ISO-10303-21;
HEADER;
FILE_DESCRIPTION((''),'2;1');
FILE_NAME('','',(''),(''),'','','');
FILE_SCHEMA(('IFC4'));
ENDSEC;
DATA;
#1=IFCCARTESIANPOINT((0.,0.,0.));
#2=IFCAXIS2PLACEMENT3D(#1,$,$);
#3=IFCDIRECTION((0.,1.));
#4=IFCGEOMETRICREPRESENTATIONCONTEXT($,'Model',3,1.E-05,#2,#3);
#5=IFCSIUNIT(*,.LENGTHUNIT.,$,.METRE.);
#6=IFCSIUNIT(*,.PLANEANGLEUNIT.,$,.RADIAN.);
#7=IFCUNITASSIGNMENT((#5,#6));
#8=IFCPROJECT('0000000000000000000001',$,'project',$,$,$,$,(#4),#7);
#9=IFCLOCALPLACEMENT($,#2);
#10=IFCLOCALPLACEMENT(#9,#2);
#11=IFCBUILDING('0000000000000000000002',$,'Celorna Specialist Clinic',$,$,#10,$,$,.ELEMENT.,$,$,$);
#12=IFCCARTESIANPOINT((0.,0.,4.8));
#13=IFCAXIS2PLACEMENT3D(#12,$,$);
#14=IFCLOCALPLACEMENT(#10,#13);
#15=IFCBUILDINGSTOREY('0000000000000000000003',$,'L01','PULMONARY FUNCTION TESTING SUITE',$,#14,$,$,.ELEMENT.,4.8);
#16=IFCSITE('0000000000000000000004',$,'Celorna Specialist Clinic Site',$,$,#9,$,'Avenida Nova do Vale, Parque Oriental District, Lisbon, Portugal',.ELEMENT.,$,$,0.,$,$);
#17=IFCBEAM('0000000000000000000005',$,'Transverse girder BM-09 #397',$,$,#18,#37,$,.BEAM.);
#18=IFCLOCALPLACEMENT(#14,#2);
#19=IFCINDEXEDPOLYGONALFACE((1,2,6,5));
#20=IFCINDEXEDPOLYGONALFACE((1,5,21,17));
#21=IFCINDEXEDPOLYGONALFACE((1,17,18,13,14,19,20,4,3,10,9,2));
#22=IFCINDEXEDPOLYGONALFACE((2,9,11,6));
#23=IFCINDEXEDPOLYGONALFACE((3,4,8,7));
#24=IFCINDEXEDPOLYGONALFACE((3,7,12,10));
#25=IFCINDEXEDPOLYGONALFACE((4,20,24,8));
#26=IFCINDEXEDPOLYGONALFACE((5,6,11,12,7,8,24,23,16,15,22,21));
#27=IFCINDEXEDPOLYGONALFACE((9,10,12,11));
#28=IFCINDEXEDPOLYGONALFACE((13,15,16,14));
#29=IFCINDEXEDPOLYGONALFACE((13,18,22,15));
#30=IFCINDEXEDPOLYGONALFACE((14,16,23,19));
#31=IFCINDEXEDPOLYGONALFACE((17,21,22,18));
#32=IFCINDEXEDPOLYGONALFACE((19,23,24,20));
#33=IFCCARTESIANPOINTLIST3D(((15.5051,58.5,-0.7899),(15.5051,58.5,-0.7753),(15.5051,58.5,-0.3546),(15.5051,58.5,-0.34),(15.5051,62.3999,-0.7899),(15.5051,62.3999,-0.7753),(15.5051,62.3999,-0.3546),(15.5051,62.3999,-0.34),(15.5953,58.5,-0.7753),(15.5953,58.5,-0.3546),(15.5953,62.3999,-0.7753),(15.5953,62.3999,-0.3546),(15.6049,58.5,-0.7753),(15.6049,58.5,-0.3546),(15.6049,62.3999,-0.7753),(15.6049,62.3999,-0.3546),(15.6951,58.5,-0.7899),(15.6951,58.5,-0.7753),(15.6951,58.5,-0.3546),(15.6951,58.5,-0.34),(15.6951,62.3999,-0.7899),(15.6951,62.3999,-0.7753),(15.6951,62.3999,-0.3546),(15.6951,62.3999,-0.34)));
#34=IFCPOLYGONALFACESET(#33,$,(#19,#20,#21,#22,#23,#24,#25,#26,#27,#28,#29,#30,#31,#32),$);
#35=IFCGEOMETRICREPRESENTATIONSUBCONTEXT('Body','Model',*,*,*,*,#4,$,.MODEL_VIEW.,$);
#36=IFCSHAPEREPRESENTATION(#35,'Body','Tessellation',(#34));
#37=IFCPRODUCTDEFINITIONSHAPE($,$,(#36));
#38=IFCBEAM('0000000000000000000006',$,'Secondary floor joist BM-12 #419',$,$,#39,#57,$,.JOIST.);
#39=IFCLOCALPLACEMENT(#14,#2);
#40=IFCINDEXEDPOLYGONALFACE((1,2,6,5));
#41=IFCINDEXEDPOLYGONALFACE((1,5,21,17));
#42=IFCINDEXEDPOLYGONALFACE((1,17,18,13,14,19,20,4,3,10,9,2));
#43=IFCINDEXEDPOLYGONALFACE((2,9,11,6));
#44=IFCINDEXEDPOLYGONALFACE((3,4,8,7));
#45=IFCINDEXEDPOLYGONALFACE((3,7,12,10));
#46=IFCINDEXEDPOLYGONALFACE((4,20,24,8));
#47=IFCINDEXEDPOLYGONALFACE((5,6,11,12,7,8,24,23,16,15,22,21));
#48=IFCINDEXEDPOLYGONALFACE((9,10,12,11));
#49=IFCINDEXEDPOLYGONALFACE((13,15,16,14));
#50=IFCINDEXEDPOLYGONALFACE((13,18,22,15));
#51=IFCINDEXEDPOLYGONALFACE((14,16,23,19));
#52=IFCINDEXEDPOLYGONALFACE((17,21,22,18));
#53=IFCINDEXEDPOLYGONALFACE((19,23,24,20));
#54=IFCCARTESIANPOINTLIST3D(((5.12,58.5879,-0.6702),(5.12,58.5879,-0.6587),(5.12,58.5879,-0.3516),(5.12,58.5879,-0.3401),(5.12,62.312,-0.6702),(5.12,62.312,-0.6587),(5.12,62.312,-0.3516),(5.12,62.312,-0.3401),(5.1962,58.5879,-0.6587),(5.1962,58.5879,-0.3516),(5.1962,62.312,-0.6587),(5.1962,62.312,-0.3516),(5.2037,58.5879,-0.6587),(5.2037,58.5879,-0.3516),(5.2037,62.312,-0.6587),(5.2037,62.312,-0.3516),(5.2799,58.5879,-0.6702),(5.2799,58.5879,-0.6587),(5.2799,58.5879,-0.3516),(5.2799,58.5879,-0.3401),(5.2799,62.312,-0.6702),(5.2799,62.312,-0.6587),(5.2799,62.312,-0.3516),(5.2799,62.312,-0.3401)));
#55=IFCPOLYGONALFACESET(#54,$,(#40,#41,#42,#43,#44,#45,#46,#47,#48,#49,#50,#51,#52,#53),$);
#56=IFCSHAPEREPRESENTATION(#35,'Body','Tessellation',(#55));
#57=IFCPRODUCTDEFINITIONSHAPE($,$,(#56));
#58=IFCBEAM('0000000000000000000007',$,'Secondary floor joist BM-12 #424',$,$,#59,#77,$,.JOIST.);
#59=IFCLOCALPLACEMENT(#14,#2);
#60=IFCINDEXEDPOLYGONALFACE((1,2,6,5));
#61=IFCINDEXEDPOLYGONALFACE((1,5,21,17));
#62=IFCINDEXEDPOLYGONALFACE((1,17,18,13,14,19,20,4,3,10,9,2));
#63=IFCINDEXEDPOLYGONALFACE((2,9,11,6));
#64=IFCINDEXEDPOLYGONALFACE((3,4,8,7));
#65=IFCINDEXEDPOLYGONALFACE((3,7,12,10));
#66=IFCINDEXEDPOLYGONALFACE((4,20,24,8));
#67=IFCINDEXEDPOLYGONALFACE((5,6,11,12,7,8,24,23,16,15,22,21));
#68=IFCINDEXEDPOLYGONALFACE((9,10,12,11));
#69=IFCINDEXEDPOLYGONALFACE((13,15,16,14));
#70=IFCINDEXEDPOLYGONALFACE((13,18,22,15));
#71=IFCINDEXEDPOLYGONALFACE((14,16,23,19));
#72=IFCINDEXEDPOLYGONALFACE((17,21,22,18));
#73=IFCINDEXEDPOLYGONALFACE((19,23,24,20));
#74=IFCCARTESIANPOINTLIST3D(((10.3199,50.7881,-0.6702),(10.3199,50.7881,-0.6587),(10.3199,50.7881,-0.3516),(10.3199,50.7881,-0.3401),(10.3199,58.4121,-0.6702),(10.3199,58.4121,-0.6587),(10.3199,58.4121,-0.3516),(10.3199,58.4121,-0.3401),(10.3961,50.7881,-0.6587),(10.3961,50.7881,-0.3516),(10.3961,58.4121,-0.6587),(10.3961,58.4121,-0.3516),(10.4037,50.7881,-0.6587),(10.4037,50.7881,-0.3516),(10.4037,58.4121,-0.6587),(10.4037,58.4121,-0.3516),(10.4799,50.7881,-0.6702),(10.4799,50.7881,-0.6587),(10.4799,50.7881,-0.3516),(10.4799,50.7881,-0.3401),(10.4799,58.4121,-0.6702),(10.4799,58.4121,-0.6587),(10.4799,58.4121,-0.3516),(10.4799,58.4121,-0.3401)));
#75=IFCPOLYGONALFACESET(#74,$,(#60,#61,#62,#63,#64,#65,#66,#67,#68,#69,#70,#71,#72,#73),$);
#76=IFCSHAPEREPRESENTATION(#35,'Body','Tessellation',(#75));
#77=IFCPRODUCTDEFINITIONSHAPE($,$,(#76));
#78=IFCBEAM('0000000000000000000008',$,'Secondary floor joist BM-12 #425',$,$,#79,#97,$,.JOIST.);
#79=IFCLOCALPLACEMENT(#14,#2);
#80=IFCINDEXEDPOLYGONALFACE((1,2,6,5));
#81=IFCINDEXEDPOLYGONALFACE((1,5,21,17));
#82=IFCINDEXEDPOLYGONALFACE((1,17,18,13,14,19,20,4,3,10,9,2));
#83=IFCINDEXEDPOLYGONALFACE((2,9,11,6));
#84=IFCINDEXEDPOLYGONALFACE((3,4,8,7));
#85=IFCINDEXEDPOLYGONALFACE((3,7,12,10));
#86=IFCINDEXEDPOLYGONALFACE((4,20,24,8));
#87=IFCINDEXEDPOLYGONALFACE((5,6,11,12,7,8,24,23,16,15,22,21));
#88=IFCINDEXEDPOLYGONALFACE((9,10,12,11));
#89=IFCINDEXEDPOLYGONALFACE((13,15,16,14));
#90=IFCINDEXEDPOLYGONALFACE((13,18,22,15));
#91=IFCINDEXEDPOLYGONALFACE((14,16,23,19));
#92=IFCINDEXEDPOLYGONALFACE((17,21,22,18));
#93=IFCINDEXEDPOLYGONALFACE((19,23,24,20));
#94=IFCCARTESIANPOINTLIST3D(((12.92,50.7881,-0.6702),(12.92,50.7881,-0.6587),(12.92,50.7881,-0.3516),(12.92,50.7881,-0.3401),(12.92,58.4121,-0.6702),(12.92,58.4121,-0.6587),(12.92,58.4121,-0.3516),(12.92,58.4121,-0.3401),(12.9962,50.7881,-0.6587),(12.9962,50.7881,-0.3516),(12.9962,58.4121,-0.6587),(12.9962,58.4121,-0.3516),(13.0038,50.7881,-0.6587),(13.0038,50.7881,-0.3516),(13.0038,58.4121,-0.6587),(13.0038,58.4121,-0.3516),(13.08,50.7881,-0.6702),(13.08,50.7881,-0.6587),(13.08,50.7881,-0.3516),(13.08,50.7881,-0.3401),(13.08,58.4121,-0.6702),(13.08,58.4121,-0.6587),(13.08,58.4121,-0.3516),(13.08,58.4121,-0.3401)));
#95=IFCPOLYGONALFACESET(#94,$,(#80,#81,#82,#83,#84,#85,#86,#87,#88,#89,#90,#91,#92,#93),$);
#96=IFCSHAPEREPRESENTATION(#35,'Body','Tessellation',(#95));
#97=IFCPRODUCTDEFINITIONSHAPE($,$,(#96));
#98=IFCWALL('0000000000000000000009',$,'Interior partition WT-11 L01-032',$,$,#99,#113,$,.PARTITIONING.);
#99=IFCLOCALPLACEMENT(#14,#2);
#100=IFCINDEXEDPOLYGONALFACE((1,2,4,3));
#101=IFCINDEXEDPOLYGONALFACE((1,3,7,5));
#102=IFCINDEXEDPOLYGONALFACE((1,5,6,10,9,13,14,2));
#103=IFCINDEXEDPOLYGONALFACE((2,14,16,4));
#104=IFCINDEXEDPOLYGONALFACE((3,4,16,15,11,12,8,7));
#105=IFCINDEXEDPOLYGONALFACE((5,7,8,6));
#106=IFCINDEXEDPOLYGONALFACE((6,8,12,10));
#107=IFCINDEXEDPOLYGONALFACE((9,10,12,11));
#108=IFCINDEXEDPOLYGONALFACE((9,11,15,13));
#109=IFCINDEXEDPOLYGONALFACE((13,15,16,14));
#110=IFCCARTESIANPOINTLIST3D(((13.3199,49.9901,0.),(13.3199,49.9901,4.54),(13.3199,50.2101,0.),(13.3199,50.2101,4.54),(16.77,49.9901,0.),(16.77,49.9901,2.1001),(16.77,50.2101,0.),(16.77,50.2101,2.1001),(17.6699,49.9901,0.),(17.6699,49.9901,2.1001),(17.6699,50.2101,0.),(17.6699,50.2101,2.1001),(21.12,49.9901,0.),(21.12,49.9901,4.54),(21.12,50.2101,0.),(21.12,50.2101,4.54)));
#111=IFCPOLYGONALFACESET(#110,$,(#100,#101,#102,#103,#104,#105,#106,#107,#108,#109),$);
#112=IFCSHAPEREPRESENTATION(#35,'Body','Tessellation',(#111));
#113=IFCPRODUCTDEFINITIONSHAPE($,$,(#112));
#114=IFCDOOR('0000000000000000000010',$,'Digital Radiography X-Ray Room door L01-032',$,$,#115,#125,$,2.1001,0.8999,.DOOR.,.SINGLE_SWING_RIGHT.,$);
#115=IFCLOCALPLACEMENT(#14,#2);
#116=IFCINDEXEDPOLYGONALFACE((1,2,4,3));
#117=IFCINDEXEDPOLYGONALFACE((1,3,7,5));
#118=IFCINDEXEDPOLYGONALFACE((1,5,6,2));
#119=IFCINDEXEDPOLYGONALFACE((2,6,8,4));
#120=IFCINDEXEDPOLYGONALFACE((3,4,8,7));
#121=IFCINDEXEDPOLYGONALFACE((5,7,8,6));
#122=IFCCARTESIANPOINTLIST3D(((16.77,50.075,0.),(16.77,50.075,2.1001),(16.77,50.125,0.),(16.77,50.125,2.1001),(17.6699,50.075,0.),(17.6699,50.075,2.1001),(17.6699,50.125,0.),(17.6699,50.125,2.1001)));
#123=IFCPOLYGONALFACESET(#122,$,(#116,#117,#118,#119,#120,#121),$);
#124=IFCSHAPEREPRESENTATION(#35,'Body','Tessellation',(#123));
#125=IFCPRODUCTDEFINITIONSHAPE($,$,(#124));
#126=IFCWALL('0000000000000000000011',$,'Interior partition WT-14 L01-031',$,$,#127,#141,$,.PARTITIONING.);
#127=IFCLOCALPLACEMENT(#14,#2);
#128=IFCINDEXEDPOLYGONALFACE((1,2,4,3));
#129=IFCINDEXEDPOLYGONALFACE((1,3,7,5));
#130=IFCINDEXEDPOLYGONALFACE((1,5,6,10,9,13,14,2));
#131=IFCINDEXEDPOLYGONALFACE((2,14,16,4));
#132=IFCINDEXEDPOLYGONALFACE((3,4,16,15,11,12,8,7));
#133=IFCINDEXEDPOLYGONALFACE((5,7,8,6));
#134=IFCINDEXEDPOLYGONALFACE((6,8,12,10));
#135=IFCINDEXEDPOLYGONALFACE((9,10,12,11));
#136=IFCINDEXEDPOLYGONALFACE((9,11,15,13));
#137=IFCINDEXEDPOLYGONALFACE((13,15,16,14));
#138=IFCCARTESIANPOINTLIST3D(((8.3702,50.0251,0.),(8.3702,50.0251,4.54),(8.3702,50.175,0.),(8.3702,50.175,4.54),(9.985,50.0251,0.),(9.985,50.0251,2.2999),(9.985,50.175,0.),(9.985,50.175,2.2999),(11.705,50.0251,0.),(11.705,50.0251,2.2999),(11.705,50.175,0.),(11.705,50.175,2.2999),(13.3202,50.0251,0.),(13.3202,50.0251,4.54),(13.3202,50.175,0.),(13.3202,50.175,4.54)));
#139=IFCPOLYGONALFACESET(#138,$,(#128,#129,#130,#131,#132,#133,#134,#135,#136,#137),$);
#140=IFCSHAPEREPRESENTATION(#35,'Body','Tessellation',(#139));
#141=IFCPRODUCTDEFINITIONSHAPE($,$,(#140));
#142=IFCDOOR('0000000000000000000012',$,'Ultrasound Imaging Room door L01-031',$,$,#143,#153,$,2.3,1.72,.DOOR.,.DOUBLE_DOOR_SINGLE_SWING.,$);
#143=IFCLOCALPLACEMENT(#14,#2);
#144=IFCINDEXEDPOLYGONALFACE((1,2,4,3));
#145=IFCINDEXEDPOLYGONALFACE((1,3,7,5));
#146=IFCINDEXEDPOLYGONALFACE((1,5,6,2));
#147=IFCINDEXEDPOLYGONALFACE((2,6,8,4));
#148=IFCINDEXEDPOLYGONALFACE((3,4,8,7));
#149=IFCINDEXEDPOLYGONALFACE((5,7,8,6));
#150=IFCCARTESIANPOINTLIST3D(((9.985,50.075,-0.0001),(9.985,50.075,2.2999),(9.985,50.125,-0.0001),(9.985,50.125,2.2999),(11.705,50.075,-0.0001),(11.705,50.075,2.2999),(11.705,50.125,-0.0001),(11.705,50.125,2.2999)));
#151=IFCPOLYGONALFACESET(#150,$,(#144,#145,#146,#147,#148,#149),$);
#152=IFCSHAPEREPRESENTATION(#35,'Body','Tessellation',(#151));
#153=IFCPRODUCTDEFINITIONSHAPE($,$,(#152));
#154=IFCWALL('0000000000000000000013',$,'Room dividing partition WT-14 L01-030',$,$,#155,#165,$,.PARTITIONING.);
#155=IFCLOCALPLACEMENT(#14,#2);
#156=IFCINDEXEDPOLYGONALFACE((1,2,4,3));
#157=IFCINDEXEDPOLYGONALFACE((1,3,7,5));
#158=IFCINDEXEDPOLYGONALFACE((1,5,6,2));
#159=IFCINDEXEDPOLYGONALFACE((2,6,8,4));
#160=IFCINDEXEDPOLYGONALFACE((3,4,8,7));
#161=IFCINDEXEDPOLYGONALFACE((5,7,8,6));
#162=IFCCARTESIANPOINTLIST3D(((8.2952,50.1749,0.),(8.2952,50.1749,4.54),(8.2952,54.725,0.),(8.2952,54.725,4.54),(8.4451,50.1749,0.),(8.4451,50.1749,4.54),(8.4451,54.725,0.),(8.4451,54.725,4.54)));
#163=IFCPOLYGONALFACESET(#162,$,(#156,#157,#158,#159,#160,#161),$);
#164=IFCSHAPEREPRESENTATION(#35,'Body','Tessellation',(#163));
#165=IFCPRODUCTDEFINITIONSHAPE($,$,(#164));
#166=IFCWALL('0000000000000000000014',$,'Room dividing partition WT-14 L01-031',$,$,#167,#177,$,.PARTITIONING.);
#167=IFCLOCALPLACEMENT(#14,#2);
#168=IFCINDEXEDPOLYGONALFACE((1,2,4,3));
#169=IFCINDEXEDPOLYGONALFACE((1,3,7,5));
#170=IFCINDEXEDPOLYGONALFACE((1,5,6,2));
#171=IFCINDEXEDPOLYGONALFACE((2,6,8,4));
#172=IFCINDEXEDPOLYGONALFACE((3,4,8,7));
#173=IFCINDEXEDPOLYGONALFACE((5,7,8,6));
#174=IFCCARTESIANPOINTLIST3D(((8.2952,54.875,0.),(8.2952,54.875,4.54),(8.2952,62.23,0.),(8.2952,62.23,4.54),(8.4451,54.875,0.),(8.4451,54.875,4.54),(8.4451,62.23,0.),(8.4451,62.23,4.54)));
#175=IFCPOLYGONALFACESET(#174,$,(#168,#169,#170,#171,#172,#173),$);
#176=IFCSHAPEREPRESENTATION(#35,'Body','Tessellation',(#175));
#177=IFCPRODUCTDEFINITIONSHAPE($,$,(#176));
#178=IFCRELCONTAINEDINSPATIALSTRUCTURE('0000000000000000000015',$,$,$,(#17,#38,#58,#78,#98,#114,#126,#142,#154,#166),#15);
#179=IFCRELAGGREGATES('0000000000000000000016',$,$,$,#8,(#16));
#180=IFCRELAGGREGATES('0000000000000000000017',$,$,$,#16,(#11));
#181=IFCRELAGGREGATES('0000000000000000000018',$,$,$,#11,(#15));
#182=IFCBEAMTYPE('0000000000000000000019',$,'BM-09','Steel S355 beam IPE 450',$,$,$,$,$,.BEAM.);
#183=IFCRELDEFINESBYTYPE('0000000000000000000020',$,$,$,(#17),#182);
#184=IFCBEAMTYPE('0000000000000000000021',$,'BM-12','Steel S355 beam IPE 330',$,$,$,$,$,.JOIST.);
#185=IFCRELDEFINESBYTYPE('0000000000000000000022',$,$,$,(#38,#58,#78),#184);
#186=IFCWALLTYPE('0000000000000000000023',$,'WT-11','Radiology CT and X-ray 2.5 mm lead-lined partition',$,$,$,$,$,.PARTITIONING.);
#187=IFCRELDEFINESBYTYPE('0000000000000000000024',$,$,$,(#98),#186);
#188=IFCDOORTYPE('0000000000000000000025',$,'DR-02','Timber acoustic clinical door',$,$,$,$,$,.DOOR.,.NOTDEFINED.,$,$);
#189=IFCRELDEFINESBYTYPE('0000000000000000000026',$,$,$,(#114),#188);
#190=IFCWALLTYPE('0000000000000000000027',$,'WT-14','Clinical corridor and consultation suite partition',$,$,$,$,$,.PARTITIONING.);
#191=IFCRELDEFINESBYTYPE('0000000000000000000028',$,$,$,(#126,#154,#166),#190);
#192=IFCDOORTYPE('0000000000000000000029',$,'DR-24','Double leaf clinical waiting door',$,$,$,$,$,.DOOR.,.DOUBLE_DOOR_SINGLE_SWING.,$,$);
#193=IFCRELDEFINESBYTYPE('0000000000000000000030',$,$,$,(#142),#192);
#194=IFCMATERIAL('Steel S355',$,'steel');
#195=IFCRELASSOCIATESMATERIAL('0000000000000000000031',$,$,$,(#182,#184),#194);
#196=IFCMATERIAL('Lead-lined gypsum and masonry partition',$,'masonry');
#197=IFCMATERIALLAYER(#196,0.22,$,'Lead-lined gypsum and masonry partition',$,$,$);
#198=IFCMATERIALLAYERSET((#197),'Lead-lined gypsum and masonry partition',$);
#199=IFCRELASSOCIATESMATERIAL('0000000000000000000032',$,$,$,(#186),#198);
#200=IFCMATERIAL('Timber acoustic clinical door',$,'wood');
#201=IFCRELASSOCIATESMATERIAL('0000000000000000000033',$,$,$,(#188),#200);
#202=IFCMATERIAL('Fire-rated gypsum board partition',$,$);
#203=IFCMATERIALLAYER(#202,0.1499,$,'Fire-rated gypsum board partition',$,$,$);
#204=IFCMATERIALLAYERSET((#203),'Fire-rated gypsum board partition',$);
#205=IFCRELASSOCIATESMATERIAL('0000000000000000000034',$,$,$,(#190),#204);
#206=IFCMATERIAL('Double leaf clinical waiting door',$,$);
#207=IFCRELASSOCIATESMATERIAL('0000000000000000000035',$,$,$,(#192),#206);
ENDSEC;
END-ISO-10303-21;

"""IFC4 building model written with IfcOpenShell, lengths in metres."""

from ifc_helpers import new_model, si_unit, direction, frame, frame_2d, origin, origin_2d, place, context, subcontext, project, spatial, rectangle, i_section, extrude, material, layer, layer_set, material_profile, profile_set, type_object, element, fill, save


model = new_model("IFC4")

# Units and contexts
model_context = context("Model", 3, precision=1e-05, world=origin(), true_north=direction((0.0, 1.0)))
body_context = subcontext(model_context, "Body", "Model", "MODEL_VIEW")
ifc_project = project(units=[si_unit("LENGTHUNIT", "METRE"), si_unit("PLANEANGLEUNIT", "RADIAN")], contexts=[model_context])

# Site, building, storey
site_placement = place(None, origin())
site = spatial("IfcSite", under=ifc_project, at=site_placement, Name="Celorna Specialist Clinic Site", LongName="Avenida Nova do Vale, Parque Oriental District, Lisbon, Portugal", CompositionType="ELEMENT", RefElevation=0.0)
building_placement = place(site_placement, origin())
building = spatial("IfcBuilding", under=site, at=building_placement, Name="Celorna Specialist Clinic", CompositionType="ELEMENT")
storey_placement = place(building_placement, frame((0.0, 0.0, 4.8)))
storey = spatial("IfcBuildingStorey", under=building, at=storey_placement, Name="L01", Description="PULMONARY FUNCTION TESTING SUITE", CompositionType="ELEMENT", Elevation=4.8)

# Beams
ifc_material_1 = material(Name="Steel S355", Category="steel")
ifc_material_profile_1 = material_profile(ifc_material_1, i_section(OverallWidth=0.1899, OverallDepth=0.45, WebThickness=0.0095, FlangeThickness=0.0146, at=origin_2d()), Name="IPE 450")
ifc_profile_set_1 = profile_set([ifc_material_profile_1], Name="Steel S355")
beam_type_1 = type_object("IfcBeamType", Name="BM-09", Description="Steel S355 beam IPE 450", PredefinedType="BEAM", material=ifc_profile_set_1)
beam_1_placement = place(storey_placement, frame((15.6001, 58.5, -0.5649), z_axis=(0.0, 1.0, 0.0), x_axis=(-1.0, 0.0, 0.0)))
element("IfcBeam", 1, at=beam_1_placement, inside=storey, type_object=beam_type_1, Name="Transverse girder BM-09 #397", PredefinedType="BEAM", context=body_context, shape_type="SweptSolid", body=[
    extrude(i_section(OverallWidth=0.1899, OverallDepth=0.45, WebThickness=0.0095, FlangeThickness=0.0146, at=origin_2d()), origin(), (0.0, 0.0, 1.0), 3.8999),
])
ifc_material_profile_2 = material_profile(ifc_material_1, i_section(OverallWidth=0.1599, OverallDepth=0.3301, WebThickness=0.0076, FlangeThickness=0.0115, at=origin_2d()), Name="IPE 330")
ifc_profile_set_2 = profile_set([ifc_material_profile_2], Name="Steel S355")
beam_type_2 = type_object("IfcBeamType", Name="BM-12", Description="Steel S355 beam IPE 330", PredefinedType="JOIST", material=ifc_profile_set_2)
beam_2_placement = place(storey_placement, frame((5.2, 58.5879, -0.5051), z_axis=(0.0, 1.0, 0.0), x_axis=(-1.0, 0.0, 0.0)))
element("IfcBeam", 2, at=beam_2_placement, inside=storey, type_object=beam_type_2, Name="Secondary floor joist BM-12 #419", PredefinedType="JOIST", context=body_context, shape_type="SweptSolid", body=[
    extrude(i_section(OverallWidth=0.1599, OverallDepth=0.3301, WebThickness=0.0076, FlangeThickness=0.0115, at=origin_2d()), origin(), (0.0, 0.0, 1.0), 3.7241),
])
for number, where, z_axis, x_axis, name in (
    (3, (10.3999, 50.7881, -0.5051), (0.0, 1.0, 0.0), (-1.0, 0.0, 0.0), "Secondary floor joist BM-12 #424"),
    (4, (13.0, 50.7881, -0.5051), (0.0, 1.0, 0.0), (-1.0, 0.0, 0.0), "Secondary floor joist BM-12 #425"),
):
    element("IfcBeam", number, at=place(storey_placement, frame(where, z_axis=z_axis, x_axis=x_axis)), inside=storey, type_object=beam_type_2, Name=name, PredefinedType="JOIST", context=body_context, shape_type="SweptSolid", body=[
        extrude(i_section(OverallWidth=0.1599, OverallDepth=0.3301, WebThickness=0.0076, FlangeThickness=0.0115, at=origin_2d()), origin(), (0.0, 0.0, 1.0), 7.624),
    ])

# Walls, openings, doors
ifc_material_2 = material(Name="Lead-lined gypsum and masonry partition", Category="masonry")
ifc_layer_1 = layer(ifc_material_2, 0.22, Name="Lead-lined gypsum and masonry partition")
ifc_layer_set_1 = layer_set([ifc_layer_1], Name="Lead-lined gypsum and masonry partition")
wall_type_1 = type_object("IfcWallType", Name="WT-11", Description="Radiology CT and X-ray 2.5 mm lead-lined partition", PredefinedType="PARTITIONING", material=ifc_layer_set_1)
wall_1_placement = place(storey_placement, frame((13.3201, 50.1001, 0.0), z_axis=(0.0, 0.0, 1.0), x_axis=(1.0, 0.0, 0.0)))
wall_1 = element("IfcWall", 5, at=wall_1_placement, inside=storey, type_object=wall_type_1, Name="Interior partition WT-11 L01-032", PredefinedType="PARTITIONING", context=body_context, shape_type="SweptSolid", body=[
    extrude(rectangle(XDim=7.8, YDim=0.22, at=frame_2d((3.8999, 0.0))), origin(), (0.0, 0.0, 1.0), 4.54),
])
opening_1_placement = place(wall_1_placement, frame((3.45, 0.0, 0.0)))
opening_1 = element("IfcOpeningElement", 6, at=opening_1_placement, cuts=wall_1, PredefinedType="OPENING", context=body_context, shape_type="SweptSolid", body=[
    extrude(rectangle(XDim=0.8999, YDim=2.1001, at=frame_2d((0.45, 1.05))), frame((0.0, 0.1199, 0.0), z_axis=(0.0, -1.0, 0.0), x_axis=(1.0, 0.0, 0.0)), (0.0, 0.0, 1.0), 0.24),
])
ifc_material_3 = material(Name="Timber acoustic clinical door", Category="wood")
door_type_1 = type_object("IfcDoorType", Name="DR-02", Description="Timber acoustic clinical door", OperationType="NOTDEFINED", PredefinedType="DOOR", material=ifc_material_3)
door_1_placement = place(opening_1_placement, origin())
door_1 = element("IfcDoor", 7, at=door_1_placement, inside=storey, type_object=door_type_1, Name="Digital Radiography X-Ray Room door L01-032", OperationType="SINGLE_SWING_RIGHT", OverallHeight=2.1001, OverallWidth=0.8999, PredefinedType="DOOR", context=body_context, shape_type="SweptSolid", body=[
    extrude(rectangle(XDim=0.8999, YDim=2.1001, at=frame_2d((0.45, 1.05))), frame((0.0, 0.0249, 0.0), z_axis=(0.0, -1.0, 0.0), x_axis=(1.0, 0.0, 0.0)), (0.0, 0.0, 1.0), 0.05),
])
fill(opening_1, door_1)
ifc_material_4 = material(Name="Fire-rated gypsum board partition")
ifc_layer_2 = layer(ifc_material_4, 0.1499, Name="Fire-rated gypsum board partition")
ifc_layer_set_2 = layer_set([ifc_layer_2], Name="Fire-rated gypsum board partition")
wall_type_2 = type_object("IfcWallType", Name="WT-14", Description="Clinical corridor and consultation suite partition", PredefinedType="PARTITIONING", material=ifc_layer_set_2)
wall_2_placement = place(storey_placement, frame((8.3701, 50.1001, 0.0), z_axis=(0.0, 0.0, 1.0), x_axis=(1.0, 0.0, 0.0)))
wall_2 = element("IfcWall", 8, at=wall_2_placement, inside=storey, type_object=wall_type_2, Name="Interior partition WT-14 L01-031", PredefinedType="PARTITIONING", context=body_context, shape_type="SweptSolid", body=[
    extrude(rectangle(XDim=4.95, YDim=0.1499, at=frame_2d((2.4751, 0.0))), origin(), (0.0, 0.0, 1.0), 4.54),
])
opening_2_placement = place(wall_2_placement, frame((1.615, 0.0, 0.0)))
opening_2 = element("IfcOpeningElement", 9, at=opening_2_placement, cuts=wall_2, PredefinedType="OPENING", context=body_context, shape_type="SweptSolid", body=[
    extrude(rectangle(XDim=1.72, YDim=2.3, at=frame_2d((0.8599, 1.1499))), frame((0.0, 0.085, 0.0), z_axis=(0.0, -1.0, 0.0), x_axis=(1.0, 0.0, 0.0)), (0.0, 0.0, 1.0), 0.1699),
])
ifc_material_5 = material(Name="Double leaf clinical waiting door")
door_type_2 = type_object("IfcDoorType", Name="DR-24", Description="Double leaf clinical waiting door", OperationType="DOUBLE_DOOR_SINGLE_SWING", PredefinedType="DOOR", material=ifc_material_5)
door_2_placement = place(opening_2_placement, origin())
door_2 = element("IfcDoor", 10, at=door_2_placement, inside=storey, type_object=door_type_2, Name="Ultrasound Imaging Room door L01-031", OperationType="DOUBLE_DOOR_SINGLE_SWING", OverallHeight=2.3, OverallWidth=1.72, PredefinedType="DOOR", context=body_context, shape_type="SweptSolid", body=[
    extrude(rectangle(XDim=1.72, YDim=2.3, at=frame_2d((0.8599, 1.1499))), frame((0.0, 0.0249, 0.0), z_axis=(0.0, -1.0, 0.0), x_axis=(1.0, 0.0, 0.0)), (0.0, 0.0, 1.0), 0.05),
])
fill(opening_2, door_2)

# Walls
wall_3_placement = place(storey_placement, frame((8.3701, 50.175, 0.0), z_axis=(0.0, 0.0, 1.0), x_axis=(0.0, 1.0, 0.0)))
element("IfcWall", 11, at=wall_3_placement, inside=storey, type_object=wall_type_2, Name="Room dividing partition WT-14 L01-030", PredefinedType="PARTITIONING", context=body_context, shape_type="SweptSolid", body=[
    extrude(rectangle(XDim=4.55, YDim=0.1499, at=frame_2d((2.2749, 0.0))), origin(), (0.0, 0.0, 1.0), 4.54),
])
wall_4_placement = place(storey_placement, frame((8.3701, 54.875, 0.0), z_axis=(0.0, 0.0, 1.0), x_axis=(0.0, 1.0, 0.0)))
element("IfcWall", 12, at=wall_4_placement, inside=storey, type_object=wall_type_2, Name="Room dividing partition WT-14 L01-031", PredefinedType="PARTITIONING", context=body_context, shape_type="SweptSolid", body=[
    extrude(rectangle(XDim=7.355, YDim=0.1499, at=frame_2d((3.6775, 0.0))), origin(), (0.0, 0.0, 1.0), 4.54),
])

save(model, "model.ifc")
